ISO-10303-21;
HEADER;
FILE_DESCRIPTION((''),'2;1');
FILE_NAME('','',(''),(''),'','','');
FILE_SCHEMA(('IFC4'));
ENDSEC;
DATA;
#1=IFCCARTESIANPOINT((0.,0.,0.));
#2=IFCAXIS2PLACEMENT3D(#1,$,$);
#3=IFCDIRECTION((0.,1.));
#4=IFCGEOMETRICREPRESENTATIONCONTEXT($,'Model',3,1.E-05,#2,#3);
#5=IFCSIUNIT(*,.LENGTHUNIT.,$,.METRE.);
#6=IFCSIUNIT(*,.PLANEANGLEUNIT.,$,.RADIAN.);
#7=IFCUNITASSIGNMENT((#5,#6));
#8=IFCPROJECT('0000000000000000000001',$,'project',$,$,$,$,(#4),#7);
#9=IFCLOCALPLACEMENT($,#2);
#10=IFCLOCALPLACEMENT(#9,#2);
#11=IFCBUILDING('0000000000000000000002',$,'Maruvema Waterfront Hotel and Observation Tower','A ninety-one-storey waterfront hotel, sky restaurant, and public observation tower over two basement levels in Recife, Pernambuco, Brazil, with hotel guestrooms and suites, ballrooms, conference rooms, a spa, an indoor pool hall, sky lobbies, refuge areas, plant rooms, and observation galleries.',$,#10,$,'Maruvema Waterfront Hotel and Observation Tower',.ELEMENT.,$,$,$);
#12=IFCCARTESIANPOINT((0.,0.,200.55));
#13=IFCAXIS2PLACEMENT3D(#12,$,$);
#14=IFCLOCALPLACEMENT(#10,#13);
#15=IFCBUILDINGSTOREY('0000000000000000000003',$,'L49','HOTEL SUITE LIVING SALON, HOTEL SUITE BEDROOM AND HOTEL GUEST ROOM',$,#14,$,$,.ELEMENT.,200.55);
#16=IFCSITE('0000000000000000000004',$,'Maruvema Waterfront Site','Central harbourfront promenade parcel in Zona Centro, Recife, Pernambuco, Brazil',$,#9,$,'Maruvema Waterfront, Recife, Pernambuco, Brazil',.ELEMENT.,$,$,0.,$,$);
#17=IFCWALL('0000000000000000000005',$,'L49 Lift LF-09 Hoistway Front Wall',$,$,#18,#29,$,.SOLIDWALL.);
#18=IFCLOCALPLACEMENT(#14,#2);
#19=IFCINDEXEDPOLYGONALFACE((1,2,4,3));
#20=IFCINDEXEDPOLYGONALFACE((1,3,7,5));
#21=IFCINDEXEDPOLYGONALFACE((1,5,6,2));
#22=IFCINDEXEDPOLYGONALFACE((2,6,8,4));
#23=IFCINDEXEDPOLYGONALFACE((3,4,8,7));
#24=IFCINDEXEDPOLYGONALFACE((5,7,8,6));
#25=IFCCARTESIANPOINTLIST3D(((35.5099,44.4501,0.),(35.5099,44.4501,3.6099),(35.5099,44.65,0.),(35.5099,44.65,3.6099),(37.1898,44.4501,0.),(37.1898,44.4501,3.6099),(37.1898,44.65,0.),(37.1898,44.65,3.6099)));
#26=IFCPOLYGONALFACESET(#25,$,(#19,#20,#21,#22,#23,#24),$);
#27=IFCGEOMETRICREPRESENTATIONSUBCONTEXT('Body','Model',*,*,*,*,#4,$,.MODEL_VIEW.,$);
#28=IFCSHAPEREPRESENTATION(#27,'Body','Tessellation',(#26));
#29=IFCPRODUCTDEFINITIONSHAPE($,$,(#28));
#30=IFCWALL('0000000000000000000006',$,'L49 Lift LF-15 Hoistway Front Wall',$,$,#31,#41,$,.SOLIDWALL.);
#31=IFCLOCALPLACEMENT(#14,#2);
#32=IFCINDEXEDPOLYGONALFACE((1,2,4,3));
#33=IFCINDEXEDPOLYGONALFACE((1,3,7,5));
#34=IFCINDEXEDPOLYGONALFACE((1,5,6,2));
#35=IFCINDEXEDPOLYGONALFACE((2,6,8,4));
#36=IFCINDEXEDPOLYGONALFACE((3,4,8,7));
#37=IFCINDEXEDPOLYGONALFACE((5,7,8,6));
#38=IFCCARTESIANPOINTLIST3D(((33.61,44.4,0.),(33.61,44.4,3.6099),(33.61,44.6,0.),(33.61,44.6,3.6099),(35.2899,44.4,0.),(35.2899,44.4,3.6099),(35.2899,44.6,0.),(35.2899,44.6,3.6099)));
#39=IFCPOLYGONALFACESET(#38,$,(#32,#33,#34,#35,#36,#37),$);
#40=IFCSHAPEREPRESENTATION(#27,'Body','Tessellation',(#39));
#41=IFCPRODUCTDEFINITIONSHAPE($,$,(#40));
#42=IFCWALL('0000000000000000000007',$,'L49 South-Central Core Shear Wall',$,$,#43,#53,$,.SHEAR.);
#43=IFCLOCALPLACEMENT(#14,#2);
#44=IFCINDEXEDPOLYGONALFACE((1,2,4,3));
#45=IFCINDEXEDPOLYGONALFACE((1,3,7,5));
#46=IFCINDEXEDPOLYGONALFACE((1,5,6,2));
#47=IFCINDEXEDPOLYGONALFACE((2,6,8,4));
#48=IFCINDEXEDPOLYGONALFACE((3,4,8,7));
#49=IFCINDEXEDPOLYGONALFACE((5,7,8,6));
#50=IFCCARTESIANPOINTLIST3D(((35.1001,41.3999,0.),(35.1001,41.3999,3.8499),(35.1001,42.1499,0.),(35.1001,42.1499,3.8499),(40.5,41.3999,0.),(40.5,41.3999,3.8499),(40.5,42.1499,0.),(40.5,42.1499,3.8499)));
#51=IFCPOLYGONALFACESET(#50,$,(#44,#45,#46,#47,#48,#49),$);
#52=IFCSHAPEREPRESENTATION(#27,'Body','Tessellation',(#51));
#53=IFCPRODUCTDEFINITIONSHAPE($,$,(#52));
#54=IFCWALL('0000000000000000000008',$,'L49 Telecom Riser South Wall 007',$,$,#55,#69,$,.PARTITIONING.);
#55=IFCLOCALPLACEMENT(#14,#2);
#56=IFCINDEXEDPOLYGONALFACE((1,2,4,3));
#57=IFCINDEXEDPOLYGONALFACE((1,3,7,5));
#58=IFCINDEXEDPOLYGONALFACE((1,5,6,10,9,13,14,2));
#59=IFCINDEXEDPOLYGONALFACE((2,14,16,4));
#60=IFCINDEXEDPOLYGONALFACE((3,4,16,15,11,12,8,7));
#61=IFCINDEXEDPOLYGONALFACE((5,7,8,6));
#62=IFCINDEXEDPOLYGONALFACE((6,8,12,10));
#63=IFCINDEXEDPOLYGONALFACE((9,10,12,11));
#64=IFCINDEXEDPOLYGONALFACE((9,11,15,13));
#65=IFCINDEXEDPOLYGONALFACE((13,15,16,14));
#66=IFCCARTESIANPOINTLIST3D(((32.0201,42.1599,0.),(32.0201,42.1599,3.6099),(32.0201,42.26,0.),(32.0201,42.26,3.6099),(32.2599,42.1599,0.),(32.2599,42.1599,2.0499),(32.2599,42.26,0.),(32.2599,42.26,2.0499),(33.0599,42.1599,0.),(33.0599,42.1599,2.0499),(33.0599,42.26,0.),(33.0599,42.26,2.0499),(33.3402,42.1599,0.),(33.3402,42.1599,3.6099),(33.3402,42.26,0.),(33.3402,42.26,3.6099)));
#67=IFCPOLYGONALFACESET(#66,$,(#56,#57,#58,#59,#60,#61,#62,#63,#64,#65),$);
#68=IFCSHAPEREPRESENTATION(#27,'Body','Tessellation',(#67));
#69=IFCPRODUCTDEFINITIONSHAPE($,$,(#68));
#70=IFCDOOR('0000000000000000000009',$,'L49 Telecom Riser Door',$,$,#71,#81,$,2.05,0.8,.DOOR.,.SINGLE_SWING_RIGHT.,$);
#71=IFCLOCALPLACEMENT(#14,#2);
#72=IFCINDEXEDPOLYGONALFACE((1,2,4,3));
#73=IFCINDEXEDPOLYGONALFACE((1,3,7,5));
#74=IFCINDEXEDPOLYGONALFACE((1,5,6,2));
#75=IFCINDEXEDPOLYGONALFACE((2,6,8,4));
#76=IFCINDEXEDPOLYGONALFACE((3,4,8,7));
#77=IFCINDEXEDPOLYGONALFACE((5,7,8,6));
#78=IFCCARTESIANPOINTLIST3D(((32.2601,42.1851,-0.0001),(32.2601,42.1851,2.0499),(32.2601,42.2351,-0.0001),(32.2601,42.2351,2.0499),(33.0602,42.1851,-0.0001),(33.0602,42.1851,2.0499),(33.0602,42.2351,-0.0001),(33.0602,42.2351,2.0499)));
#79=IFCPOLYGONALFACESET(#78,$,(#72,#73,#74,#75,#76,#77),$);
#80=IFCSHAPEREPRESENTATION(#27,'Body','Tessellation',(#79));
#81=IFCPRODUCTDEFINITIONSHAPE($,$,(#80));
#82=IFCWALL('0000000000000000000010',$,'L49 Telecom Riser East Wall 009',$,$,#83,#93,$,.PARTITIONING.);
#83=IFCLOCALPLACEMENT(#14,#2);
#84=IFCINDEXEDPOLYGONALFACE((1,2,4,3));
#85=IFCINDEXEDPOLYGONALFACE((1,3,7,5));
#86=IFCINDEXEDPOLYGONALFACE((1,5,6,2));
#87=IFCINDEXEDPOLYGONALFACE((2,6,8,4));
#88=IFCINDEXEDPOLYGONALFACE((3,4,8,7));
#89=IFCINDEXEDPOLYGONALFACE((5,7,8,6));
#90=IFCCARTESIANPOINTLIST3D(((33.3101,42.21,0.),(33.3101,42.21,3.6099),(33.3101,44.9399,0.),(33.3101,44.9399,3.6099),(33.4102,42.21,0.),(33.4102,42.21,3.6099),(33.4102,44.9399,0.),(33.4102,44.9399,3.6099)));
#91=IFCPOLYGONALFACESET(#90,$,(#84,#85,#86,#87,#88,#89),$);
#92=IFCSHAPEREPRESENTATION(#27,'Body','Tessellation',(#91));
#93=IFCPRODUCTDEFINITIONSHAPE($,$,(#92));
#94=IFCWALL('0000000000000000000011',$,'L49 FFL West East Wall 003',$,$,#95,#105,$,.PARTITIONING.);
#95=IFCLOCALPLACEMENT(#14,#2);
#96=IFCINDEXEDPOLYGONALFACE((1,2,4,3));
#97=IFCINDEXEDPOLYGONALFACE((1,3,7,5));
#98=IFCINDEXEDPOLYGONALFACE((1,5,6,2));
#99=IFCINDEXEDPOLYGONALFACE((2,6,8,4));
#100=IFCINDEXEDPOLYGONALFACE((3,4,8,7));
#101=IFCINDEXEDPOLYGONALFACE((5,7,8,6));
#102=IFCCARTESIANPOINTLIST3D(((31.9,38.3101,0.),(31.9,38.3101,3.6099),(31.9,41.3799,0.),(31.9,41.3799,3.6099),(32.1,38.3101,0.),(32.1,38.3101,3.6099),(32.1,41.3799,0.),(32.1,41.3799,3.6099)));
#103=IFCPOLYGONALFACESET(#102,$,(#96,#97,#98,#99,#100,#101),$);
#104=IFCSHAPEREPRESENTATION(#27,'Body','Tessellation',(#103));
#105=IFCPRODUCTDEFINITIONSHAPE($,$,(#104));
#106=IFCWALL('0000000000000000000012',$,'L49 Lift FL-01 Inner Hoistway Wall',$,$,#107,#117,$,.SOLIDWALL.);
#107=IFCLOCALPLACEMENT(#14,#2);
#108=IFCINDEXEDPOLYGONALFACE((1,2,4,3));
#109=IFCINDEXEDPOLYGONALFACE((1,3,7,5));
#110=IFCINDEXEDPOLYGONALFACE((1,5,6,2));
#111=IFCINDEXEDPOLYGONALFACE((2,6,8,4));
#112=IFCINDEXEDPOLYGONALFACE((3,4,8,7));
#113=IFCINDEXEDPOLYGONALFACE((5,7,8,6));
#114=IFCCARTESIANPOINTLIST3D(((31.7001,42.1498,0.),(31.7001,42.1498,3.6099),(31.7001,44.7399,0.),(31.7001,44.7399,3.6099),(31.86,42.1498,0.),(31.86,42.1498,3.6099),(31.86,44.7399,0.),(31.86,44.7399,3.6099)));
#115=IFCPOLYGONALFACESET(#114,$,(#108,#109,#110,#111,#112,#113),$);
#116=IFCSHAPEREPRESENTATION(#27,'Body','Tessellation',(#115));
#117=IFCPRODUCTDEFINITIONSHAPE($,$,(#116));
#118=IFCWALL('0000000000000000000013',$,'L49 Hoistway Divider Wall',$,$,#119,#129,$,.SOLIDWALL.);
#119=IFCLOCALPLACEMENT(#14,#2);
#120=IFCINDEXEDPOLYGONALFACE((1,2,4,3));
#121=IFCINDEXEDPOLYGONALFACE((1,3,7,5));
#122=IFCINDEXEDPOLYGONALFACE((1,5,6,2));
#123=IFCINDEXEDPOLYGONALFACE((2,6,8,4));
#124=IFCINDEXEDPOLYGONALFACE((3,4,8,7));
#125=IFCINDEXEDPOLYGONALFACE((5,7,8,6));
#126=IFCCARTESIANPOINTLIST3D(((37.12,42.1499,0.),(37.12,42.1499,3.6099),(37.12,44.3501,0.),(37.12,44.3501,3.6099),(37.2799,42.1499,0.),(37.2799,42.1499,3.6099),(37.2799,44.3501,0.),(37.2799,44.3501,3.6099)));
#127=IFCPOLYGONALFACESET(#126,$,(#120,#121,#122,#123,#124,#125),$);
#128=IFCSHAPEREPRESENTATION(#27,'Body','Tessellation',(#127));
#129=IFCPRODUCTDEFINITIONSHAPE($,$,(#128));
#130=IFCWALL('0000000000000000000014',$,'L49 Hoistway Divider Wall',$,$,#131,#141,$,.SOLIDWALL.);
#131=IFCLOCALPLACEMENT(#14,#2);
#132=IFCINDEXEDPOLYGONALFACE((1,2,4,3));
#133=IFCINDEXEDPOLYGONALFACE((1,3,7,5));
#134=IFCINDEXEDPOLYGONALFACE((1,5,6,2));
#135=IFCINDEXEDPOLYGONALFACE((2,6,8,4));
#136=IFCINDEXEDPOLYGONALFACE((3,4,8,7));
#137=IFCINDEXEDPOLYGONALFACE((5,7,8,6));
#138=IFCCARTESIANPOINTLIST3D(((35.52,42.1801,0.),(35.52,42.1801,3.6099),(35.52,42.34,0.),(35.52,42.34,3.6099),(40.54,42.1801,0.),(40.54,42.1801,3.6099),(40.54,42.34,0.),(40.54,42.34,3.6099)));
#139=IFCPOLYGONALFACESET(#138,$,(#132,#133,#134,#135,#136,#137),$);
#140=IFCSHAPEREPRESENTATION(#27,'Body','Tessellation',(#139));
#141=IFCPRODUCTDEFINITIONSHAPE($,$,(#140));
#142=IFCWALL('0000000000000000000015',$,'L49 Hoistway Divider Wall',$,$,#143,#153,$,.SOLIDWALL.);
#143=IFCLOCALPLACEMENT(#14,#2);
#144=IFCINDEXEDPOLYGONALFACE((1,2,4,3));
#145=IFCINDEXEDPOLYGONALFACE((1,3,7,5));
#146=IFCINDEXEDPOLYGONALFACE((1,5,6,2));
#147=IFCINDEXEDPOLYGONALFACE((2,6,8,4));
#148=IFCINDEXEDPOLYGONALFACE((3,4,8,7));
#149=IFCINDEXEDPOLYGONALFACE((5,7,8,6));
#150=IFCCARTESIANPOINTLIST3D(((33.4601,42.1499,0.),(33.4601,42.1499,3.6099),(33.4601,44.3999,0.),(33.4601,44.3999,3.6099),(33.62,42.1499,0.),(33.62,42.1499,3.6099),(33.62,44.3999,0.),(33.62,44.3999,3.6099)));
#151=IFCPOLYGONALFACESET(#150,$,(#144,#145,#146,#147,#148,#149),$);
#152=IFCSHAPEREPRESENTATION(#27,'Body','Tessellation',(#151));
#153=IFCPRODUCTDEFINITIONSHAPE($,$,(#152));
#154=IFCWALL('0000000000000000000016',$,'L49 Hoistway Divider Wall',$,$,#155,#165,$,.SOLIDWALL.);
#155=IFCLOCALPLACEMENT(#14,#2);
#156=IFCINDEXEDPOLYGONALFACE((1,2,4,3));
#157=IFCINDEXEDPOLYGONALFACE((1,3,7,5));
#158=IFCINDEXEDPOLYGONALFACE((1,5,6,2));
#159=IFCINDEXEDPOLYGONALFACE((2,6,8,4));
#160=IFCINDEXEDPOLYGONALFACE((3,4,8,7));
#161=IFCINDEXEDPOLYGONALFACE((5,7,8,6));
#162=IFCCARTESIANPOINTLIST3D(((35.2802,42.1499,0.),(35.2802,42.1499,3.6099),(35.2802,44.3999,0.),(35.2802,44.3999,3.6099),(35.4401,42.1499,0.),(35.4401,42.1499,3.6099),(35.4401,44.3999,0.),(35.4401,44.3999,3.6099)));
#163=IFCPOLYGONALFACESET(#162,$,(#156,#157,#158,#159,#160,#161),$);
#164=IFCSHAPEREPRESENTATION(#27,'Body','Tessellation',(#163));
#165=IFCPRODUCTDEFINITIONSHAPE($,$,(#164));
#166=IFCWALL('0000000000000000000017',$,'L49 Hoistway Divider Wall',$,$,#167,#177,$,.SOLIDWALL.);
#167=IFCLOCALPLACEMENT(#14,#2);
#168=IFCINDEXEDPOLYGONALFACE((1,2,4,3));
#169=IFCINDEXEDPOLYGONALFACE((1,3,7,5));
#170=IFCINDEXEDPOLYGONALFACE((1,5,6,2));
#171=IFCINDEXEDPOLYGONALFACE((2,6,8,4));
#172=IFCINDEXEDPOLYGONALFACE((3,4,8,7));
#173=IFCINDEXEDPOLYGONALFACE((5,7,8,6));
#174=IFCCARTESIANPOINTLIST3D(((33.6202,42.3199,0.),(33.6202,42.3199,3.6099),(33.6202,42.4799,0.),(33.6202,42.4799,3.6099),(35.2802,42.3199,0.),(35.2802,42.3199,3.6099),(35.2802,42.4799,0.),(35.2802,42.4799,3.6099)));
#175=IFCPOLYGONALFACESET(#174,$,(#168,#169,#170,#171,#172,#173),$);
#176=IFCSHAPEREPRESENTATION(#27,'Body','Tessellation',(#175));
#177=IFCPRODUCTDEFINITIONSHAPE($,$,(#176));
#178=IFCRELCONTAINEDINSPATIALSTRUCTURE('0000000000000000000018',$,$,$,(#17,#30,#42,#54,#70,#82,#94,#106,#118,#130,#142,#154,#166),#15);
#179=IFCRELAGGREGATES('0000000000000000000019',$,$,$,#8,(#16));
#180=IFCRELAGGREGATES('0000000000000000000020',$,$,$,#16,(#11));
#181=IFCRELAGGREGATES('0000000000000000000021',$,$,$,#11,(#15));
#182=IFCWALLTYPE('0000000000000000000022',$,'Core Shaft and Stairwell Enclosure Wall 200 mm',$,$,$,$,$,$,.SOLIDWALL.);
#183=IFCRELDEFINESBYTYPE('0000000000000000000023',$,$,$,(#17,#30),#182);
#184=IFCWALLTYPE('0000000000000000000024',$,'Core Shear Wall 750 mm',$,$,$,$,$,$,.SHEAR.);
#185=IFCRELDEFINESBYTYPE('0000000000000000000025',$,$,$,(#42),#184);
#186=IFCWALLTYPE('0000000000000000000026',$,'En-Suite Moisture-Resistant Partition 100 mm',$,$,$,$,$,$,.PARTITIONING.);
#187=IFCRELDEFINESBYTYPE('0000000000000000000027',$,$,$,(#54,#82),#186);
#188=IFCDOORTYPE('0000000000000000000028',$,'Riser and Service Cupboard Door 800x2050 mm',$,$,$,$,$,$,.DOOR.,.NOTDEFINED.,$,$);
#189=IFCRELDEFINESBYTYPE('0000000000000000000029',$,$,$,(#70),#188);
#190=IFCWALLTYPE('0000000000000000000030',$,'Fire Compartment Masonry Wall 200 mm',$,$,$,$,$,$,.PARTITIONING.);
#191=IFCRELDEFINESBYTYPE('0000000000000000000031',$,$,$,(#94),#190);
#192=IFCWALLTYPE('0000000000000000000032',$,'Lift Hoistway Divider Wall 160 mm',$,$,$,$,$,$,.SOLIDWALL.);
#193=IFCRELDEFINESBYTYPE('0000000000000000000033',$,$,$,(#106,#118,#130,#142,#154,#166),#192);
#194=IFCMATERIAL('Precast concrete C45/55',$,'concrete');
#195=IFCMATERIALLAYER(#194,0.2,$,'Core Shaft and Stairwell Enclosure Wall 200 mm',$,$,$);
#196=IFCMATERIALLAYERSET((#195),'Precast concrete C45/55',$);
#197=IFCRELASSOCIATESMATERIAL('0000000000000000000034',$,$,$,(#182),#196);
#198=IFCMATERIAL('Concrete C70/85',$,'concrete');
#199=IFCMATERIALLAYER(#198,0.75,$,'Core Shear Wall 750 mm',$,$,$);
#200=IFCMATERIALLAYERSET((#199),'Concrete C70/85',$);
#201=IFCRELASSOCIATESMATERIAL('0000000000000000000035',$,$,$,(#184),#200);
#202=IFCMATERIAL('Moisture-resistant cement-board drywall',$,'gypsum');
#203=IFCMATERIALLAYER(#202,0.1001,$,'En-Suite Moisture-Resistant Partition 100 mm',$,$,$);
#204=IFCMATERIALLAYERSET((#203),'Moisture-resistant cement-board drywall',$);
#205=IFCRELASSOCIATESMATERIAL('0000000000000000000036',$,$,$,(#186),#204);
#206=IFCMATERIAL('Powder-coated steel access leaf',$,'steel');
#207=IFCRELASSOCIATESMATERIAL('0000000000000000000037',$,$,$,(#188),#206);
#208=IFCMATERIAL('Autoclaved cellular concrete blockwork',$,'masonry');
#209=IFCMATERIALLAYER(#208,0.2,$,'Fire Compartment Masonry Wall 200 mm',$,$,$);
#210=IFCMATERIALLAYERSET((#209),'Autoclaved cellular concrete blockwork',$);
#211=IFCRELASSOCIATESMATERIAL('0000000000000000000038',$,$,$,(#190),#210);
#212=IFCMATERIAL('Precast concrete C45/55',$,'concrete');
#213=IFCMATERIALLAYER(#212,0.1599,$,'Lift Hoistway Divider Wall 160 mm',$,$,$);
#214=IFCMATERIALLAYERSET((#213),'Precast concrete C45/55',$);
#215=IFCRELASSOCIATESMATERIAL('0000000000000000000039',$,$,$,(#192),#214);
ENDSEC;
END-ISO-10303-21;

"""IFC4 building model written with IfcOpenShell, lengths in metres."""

from ifc_helpers import new_model, si_unit, direction, frame, frame_2d, origin, place, context, subcontext, project, spatial, rectangle, extrude, material, layer, layer_set, type_object, element, fill, save


model = new_model("IFC4")

# Units and contexts
model_context = context("Model", 3, precision=1e-05, world=origin(), true_north=direction((0.0, 1.0)))
body_context = subcontext(model_context, "Body", "Model", "MODEL_VIEW")
ifc_project = project(units=[si_unit("LENGTHUNIT", "METRE"), si_unit("PLANEANGLEUNIT", "RADIAN")], contexts=[model_context])

# Site, building, storey
site_placement = place(None, origin())
site = spatial("IfcSite", under=ifc_project, at=site_placement, Name="Maruvema Waterfront Site", Description="Central harbourfront promenade parcel in Zona Centro, Recife, Pernambuco, Brazil", LongName="Maruvema Waterfront, Recife, Pernambuco, Brazil", CompositionType="ELEMENT", RefElevation=0.0)
building_placement = place(site_placement, origin())
building = spatial("IfcBuilding", under=site, at=building_placement, Name="Maruvema Waterfront Hotel and Observation Tower", Description="A ninety-one-storey waterfront hotel, sky restaurant, and public observation tower over two basement levels in Recife, Pernambuco, Brazil, with hotel guestrooms and suites, ballrooms, conference rooms, a spa, an indoor pool hall, sky lobbies, refuge areas, plant rooms, and observation galleries.", LongName="Maruvema Waterfront Hotel and Observation Tower", CompositionType="ELEMENT")
storey_placement = place(building_placement, frame((0.0, 0.0, 200.55)))
storey = spatial("IfcBuildingStorey", under=building, at=storey_placement, Name="L49", Description="HOTEL SUITE LIVING SALON, HOTEL SUITE BEDROOM AND HOTEL GUEST ROOM", CompositionType="ELEMENT", Elevation=200.55)

# Walls
ifc_material_1 = material(Name="Precast concrete C45/55", Category="concrete")
ifc_layer_1 = layer(ifc_material_1, 0.2, Name="Core Shaft and Stairwell Enclosure Wall 200 mm")
ifc_layer_set_1 = layer_set([ifc_layer_1], Name="Precast concrete C45/55")
wall_type_1 = type_object("IfcWallType", Name="Core Shaft and Stairwell Enclosure Wall 200 mm", PredefinedType="SOLIDWALL", material=ifc_layer_set_1)
for number, where, z_axis, x_axis, name in (
    (1, (35.51, 44.55, 0.0), (0.0, 0.0, 1.0), (1.0, 0.0, 0.0), "L49 Lift LF-09 Hoistway Front Wall"),
    (2, (33.6101, 44.5, 0.0), (0.0, 0.0, 1.0), (1.0, 0.0, 0.0), "L49 Lift LF-15 Hoistway Front Wall"),
):
    element("IfcWall", number, at=place(storey_placement, frame(where, z_axis=z_axis, x_axis=x_axis)), inside=storey, type_object=wall_type_1, Name=name, PredefinedType="SOLIDWALL", context=body_context, shape_type="SweptSolid", body=[
        extrude(rectangle(XDim=1.6799, YDim=0.2, at=frame_2d((0.8398, 0.0))), origin(), (0.0, 0.0, 1.0), 3.6099),
    ])
ifc_material_2 = material(Name="Concrete C70/85", Category="concrete")
ifc_layer_2 = layer(ifc_material_2, 0.75, Name="Core Shear Wall 750 mm")
ifc_layer_set_2 = layer_set([ifc_layer_2], Name="Concrete C70/85")
wall_type_2 = type_object("IfcWallType", Name="Core Shear Wall 750 mm", PredefinedType="SHEAR", material=ifc_layer_set_2)
wall_1_placement = place(storey_placement, frame((35.1001, 41.7749, 0.0), z_axis=(0.0, 0.0, 1.0), x_axis=(1.0, 0.0, 0.0)))
element("IfcWall", 3, at=wall_1_placement, inside=storey, type_object=wall_type_2, Name="L49 South-Central Core Shear Wall", PredefinedType="SHEAR", context=body_context, shape_type="SweptSolid", body=[
    extrude(rectangle(XDim=5.3999, YDim=0.75, at=frame_2d((2.7, 0.0))), origin(), (0.0, 0.0, 1.0), 3.8499),
])

# Wall, opening, door
ifc_material_3 = material(Name="Moisture-resistant cement-board drywall", Category="gypsum")
ifc_layer_3 = layer(ifc_material_3, 0.1001, Name="En-Suite Moisture-Resistant Partition 100 mm")
ifc_layer_set_3 = layer_set([ifc_layer_3], Name="Moisture-resistant cement-board drywall")
wall_type_3 = type_object("IfcWallType", Name="En-Suite Moisture-Resistant Partition 100 mm", PredefinedType="PARTITIONING", material=ifc_layer_set_3)
wall_2_placement = place(storey_placement, frame((32.02, 42.21, 0.0), z_axis=(0.0, 0.0, 1.0), x_axis=(1.0, 0.0, 0.0)))
wall_2 = element("IfcWall", 4, at=wall_2_placement, inside=storey, type_object=wall_type_3, Name="L49 Telecom Riser South Wall 007", PredefinedType="PARTITIONING", context=body_context, shape_type="SweptSolid", body=[
    extrude(rectangle(XDim=1.3201, YDim=0.1001, at=frame_2d((0.6602, 0.0))), origin(), (0.0, 0.0, 1.0), 3.6099),
])
opening_1_placement = place(wall_2_placement, frame((0.24, 0.0, 0.0)))
opening_1 = element("IfcOpeningElement", 5, at=opening_1_placement, cuts=wall_2, PredefinedType="OPENING", context=body_context, shape_type="SweptSolid", body=[
    extrude(rectangle(XDim=0.8, YDim=2.05, at=frame_2d((0.3999, 1.0249))), frame((0.0, 0.0601, 0.0), z_axis=(0.0, -1.0, 0.0), x_axis=(1.0, 0.0, 0.0)), (0.0, 0.0, 1.0), 0.1201),
])
ifc_material_4 = material(Name="Powder-coated steel access leaf", Category="steel")
door_type_1 = type_object("IfcDoorType", Name="Riser and Service Cupboard Door 800x2050 mm", OperationType="NOTDEFINED", PredefinedType="DOOR", material=ifc_material_4)
door_1_placement = place(opening_1_placement, frame((0.8, 0.0, 0.0), z_axis=(0.0, 0.0, 1.0), x_axis=(-1.0, 0.0, 0.0)))
door_1 = element("IfcDoor", 6, at=door_1_placement, inside=storey, type_object=door_type_1, Name="L49 Telecom Riser Door", OperationType="SINGLE_SWING_RIGHT", OverallHeight=2.05, OverallWidth=0.8, PredefinedType="DOOR", context=body_context, shape_type="SweptSolid", body=[
    extrude(rectangle(XDim=0.8, YDim=2.05, at=frame_2d((0.3999, 1.0249))), frame((0.0, 0.0249, 0.0), z_axis=(0.0, -1.0, 0.0), x_axis=(1.0, 0.0, 0.0)), (0.0, 0.0, 1.0), 0.05),
])
fill(opening_1, door_1)

# Walls
wall_3_placement = place(storey_placement, frame((33.3601, 42.21, 0.0), z_axis=(0.0, 0.0, 1.0), x_axis=(0.0, 1.0, 0.0)))
element("IfcWall", 7, at=wall_3_placement, inside=storey, type_object=wall_type_3, Name="L49 Telecom Riser East Wall 009", PredefinedType="PARTITIONING", context=body_context, shape_type="SweptSolid", body=[
    extrude(rectangle(XDim=2.73, YDim=0.1001, at=frame_2d((1.365, 0.0))), origin(), (0.0, 0.0, 1.0), 3.6099),
])
ifc_material_5 = material(Name="Autoclaved cellular concrete blockwork", Category="masonry")
ifc_layer_4 = layer(ifc_material_5, 0.2, Name="Fire Compartment Masonry Wall 200 mm")
ifc_layer_set_4 = layer_set([ifc_layer_4], Name="Autoclaved cellular concrete blockwork")
wall_type_4 = type_object("IfcWallType", Name="Fire Compartment Masonry Wall 200 mm", PredefinedType="PARTITIONING", material=ifc_layer_set_4)
wall_4_placement = place(storey_placement, frame((32.0, 38.3101, 0.0), z_axis=(0.0, 0.0, 1.0), x_axis=(0.0, 1.0, 0.0)))
element("IfcWall", 8, at=wall_4_placement, inside=storey, type_object=wall_type_4, Name="L49 FFL West East Wall 003", PredefinedType="PARTITIONING", context=body_context, shape_type="SweptSolid", body=[
    extrude(rectangle(XDim=3.0698, YDim=0.2, at=frame_2d((1.5349, 0.0))), origin(), (0.0, 0.0, 1.0), 3.6099),
])
ifc_material_6 = material(Name="Precast concrete C45/55", Category="concrete")
ifc_layer_5 = layer(ifc_material_6, 0.1599, Name="Lift Hoistway Divider Wall 160 mm")
ifc_layer_set_5 = layer_set([ifc_layer_5], Name="Precast concrete C45/55")
wall_type_5 = type_object("IfcWallType", Name="Lift Hoistway Divider Wall 160 mm", PredefinedType="SOLIDWALL", material=ifc_layer_set_5)
wall_5_placement = place(storey_placement, frame((31.78, 42.1499, 0.0), z_axis=(0.0, 0.0, 1.0), x_axis=(0.0, 1.0, 0.0)))
element("IfcWall", 9, at=wall_5_placement, inside=storey, type_object=wall_type_5, Name="L49 Lift FL-01 Inner Hoistway Wall", PredefinedType="SOLIDWALL", context=body_context, shape_type="SweptSolid", body=[
    extrude(rectangle(XDim=2.5901, YDim=0.1599, at=frame_2d((1.2949, 0.0))), origin(), (0.0, 0.0, 1.0), 3.6099),
])
wall_6_placement = place(storey_placement, frame((37.2, 42.1499, 0.0), z_axis=(0.0, 0.0, 1.0), x_axis=(0.0, 1.0, 0.0)))
element("IfcWall", 10, at=wall_6_placement, inside=storey, type_object=wall_type_5, Name="L49 Hoistway Divider Wall", PredefinedType="SOLIDWALL", context=body_context, shape_type="SweptSolid", body=[
    extrude(rectangle(XDim=2.2002, YDim=0.1599, at=frame_2d((1.1001, 0.0))), origin(), (0.0, 0.0, 1.0), 3.6099),
])
wall_7_placement = place(storey_placement, frame((35.52, 42.26, 0.0), z_axis=(0.0, 0.0, 1.0), x_axis=(1.0, 0.0, 0.0)))
element("IfcWall", 11, at=wall_7_placement, inside=storey, type_object=wall_type_5, Name="L49 Hoistway Divider Wall", PredefinedType="SOLIDWALL", context=body_context, shape_type="SweptSolid", body=[
    extrude(rectangle(XDim=5.02, YDim=0.1599, at=frame_2d((2.51, 0.0))), origin(), (0.0, 0.0, 1.0), 3.6099),
])
for number, where, z_axis, x_axis, name in (
    (12, (33.54, 42.1499, 0.0), (0.0, 0.0, 1.0), (0.0, 1.0, 0.0), "L49 Hoistway Divider Wall"),
    (13, (35.3601, 42.1499, 0.0), (0.0, 0.0, 1.0), (0.0, 1.0, 0.0), "L49 Hoistway Divider Wall"),
):
    element("IfcWall", number, at=place(storey_placement, frame(where, z_axis=z_axis, x_axis=x_axis)), inside=storey, type_object=wall_type_5, Name=name, PredefinedType="SOLIDWALL", context=body_context, shape_type="SweptSolid", body=[
        extrude(rectangle(XDim=2.25, YDim=0.1599, at=frame_2d((1.125, 0.0))), origin(), (0.0, 0.0, 1.0), 3.6099),
    ])
wall_8_placement = place(storey_placement, frame((33.6201, 42.3999, 0.0), z_axis=(0.0, 0.0, 1.0), x_axis=(1.0, 0.0, 0.0)))
element("IfcWall", 14, at=wall_8_placement, inside=storey, type_object=wall_type_5, Name="L49 Hoistway Divider Wall", PredefinedType="SOLIDWALL", context=body_context, shape_type="SweptSolid", body=[
    extrude(rectangle(XDim=1.6599, YDim=0.1599, at=frame_2d((0.8301, 0.0))), origin(), (0.0, 0.0, 1.0), 3.6099),
])

save(model, "model.ifc")
